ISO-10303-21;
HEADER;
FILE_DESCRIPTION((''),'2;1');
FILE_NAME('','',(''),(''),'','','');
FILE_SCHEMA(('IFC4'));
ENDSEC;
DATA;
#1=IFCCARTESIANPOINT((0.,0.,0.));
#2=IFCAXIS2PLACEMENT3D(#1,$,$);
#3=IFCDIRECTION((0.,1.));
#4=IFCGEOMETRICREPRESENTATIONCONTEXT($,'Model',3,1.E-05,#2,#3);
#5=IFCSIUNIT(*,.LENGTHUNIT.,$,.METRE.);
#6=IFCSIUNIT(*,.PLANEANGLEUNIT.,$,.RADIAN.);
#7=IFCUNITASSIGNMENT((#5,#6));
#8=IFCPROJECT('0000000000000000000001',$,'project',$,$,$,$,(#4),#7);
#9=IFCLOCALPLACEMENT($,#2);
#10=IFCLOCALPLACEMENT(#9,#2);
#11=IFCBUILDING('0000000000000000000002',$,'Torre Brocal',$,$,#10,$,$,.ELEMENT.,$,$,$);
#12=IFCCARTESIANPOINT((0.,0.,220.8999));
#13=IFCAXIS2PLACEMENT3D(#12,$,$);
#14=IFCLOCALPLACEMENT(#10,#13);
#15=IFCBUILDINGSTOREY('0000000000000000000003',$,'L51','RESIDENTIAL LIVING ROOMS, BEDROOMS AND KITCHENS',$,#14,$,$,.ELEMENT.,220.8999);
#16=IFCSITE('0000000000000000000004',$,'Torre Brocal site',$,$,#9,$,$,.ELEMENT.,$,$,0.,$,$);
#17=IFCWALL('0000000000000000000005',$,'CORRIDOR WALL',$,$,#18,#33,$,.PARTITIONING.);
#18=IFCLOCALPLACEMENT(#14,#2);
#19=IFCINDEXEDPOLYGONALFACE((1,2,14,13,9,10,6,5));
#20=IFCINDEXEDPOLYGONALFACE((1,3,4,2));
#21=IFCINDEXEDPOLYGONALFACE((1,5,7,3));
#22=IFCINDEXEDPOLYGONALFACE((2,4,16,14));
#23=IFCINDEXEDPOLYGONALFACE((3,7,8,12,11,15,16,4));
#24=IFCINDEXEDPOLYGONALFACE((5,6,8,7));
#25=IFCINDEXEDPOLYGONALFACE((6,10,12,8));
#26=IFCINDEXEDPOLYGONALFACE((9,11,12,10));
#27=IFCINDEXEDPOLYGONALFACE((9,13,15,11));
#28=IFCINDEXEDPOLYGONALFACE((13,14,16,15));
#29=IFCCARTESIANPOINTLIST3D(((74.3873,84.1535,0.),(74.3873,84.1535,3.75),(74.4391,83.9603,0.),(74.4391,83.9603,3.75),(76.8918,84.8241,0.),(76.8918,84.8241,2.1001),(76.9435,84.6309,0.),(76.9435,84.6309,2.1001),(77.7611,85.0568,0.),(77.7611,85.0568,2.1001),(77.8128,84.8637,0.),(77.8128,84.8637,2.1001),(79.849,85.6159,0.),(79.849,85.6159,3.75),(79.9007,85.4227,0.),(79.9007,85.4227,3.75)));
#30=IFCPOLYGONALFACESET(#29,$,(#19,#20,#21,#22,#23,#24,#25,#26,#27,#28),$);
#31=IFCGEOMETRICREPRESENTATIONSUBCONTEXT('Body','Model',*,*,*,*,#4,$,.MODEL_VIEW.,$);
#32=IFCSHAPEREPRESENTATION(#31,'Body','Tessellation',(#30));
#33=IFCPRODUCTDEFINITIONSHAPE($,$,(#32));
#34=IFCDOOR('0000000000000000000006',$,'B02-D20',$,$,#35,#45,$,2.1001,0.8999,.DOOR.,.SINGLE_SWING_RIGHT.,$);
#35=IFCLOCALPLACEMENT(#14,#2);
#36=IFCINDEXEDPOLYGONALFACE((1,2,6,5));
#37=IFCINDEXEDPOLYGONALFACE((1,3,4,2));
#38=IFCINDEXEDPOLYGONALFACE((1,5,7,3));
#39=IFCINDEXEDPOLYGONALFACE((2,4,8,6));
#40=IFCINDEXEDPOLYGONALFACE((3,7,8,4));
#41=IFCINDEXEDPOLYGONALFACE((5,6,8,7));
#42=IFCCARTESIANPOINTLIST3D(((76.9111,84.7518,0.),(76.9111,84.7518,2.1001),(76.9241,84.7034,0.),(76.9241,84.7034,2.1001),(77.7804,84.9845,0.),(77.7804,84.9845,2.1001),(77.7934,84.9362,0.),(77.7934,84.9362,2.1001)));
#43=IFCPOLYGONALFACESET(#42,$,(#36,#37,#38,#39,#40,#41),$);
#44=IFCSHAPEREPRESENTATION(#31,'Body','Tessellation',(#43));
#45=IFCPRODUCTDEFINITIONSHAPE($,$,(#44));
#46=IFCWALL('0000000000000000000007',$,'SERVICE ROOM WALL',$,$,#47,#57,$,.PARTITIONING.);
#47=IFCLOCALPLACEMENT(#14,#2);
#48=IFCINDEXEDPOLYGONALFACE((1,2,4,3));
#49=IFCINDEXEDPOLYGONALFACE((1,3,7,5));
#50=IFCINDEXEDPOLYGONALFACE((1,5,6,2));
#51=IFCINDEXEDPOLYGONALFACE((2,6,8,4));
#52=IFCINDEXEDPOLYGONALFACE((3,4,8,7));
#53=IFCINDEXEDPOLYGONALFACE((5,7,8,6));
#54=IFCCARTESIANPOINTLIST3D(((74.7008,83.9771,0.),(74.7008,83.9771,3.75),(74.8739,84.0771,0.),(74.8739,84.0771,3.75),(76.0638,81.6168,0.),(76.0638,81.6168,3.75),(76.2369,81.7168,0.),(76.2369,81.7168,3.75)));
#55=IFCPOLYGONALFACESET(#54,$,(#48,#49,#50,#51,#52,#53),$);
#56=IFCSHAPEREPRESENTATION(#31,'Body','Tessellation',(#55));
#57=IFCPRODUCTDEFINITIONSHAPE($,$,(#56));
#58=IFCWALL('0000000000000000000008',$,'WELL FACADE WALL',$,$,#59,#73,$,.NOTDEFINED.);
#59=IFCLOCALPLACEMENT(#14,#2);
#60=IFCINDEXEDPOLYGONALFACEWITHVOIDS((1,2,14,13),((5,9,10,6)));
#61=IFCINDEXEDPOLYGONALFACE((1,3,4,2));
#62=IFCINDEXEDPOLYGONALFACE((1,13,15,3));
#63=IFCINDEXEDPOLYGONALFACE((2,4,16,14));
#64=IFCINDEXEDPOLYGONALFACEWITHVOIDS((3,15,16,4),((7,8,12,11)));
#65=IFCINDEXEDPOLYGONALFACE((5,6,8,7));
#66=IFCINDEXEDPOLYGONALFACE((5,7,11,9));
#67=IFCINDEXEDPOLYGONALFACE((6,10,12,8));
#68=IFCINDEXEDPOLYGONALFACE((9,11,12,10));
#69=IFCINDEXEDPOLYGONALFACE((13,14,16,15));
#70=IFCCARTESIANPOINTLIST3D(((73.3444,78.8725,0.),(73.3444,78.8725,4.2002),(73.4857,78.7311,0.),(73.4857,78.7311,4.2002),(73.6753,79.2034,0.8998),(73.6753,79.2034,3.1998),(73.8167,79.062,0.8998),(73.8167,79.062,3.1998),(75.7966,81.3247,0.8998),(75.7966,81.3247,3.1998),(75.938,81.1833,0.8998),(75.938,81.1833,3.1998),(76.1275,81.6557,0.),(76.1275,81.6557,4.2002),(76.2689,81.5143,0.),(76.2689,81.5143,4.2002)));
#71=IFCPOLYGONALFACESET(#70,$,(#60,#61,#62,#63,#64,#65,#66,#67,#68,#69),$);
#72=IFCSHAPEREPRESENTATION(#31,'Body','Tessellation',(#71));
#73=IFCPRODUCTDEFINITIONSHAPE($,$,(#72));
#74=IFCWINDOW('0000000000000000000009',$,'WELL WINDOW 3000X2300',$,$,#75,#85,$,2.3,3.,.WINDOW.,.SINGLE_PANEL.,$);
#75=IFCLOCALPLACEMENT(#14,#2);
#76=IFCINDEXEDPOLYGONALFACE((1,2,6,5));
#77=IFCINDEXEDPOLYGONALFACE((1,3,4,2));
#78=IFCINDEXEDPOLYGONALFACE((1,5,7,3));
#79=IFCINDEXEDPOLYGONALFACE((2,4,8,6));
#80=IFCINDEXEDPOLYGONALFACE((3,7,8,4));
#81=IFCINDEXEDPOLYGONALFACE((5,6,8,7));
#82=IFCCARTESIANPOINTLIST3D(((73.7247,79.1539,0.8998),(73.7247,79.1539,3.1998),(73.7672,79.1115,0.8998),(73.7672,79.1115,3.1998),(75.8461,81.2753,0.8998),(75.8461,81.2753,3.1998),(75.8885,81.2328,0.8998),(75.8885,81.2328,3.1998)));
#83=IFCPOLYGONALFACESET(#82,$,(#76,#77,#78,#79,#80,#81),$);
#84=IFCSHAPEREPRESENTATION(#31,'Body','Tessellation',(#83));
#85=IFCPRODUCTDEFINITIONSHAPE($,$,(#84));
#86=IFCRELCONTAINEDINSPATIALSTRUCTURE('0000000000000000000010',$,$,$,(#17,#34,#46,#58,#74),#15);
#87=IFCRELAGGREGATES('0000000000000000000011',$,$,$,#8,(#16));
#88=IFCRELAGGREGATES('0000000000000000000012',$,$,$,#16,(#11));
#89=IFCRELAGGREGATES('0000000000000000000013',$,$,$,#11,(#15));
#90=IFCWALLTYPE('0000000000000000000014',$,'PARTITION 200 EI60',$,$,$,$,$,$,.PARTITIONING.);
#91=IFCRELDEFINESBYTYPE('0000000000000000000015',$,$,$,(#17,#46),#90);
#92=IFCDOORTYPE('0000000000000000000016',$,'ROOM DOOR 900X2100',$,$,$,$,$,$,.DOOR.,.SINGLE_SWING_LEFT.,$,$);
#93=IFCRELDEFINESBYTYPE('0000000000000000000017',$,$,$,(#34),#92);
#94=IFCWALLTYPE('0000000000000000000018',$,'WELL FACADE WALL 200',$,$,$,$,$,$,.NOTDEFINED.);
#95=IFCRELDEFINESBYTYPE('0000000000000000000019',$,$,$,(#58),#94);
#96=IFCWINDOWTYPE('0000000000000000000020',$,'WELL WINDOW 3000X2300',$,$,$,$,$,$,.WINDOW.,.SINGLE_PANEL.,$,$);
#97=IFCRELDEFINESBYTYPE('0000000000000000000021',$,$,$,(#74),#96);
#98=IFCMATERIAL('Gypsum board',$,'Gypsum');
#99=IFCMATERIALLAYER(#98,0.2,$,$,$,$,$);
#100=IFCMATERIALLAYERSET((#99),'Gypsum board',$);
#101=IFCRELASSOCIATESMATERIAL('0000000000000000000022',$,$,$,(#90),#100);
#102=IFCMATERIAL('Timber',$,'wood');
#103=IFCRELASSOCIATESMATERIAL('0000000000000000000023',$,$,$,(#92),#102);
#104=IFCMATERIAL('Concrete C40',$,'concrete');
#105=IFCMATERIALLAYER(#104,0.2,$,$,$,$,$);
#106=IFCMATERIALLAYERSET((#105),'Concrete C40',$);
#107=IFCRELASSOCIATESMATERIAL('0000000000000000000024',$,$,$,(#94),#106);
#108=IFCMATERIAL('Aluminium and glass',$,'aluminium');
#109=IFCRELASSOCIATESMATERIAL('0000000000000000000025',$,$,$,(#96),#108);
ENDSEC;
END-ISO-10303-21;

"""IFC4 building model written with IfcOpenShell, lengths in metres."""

from ifc_helpers import new_model, si_unit, direction, frame, frame_2d, origin, place, context, subcontext, project, spatial, rectangle, extrude, material, layer, layer_set, type_object, element, fill, save


model = new_model("IFC4")

# Units and contexts
model_context = context("Model", 3, precision=1e-05, world=origin(), true_north=direction((0.0, 1.0)))
body_context = subcontext(model_context, "Body", "Model", "MODEL_VIEW")
ifc_project = project(units=[si_unit("LENGTHUNIT", "METRE"), si_unit("PLANEANGLEUNIT", "RADIAN")], contexts=[model_context])

# Site, building, storey
site_placement = place(None, origin())
site = spatial("IfcSite", under=ifc_project, at=site_placement, Name="Torre Brocal site", CompositionType="ELEMENT", RefElevation=0.0)
building_placement = place(site_placement, origin())
building = spatial("IfcBuilding", under=site, at=building_placement, Name="Torre Brocal", CompositionType="ELEMENT")
storey_placement = place(building_placement, frame((0.0, 0.0, 220.8999)))
storey = spatial("IfcBuildingStorey", under=building, at=storey_placement, Name="L51", Description="RESIDENTIAL LIVING ROOMS, BEDROOMS AND KITCHENS", CompositionType="ELEMENT", Elevation=220.8999)

# Shared definitions
ifc_material_1 = material(Name="Gypsum board", Category="Gypsum")
ifc_layer_1 = layer(ifc_material_1, 0.2)
ifc_layer_set_1 = layer_set([ifc_layer_1], Name="Gypsum board")
wall_type_1 = type_object("IfcWallType", Name="PARTITION 200 EI60", PredefinedType="PARTITIONING", material=ifc_layer_set_1)

# Wall, opening, door
ifc_material_2 = material(Name="Timber", Category="wood")
door_type_1 = type_object("IfcDoorType", Name="ROOM DOOR 900X2100", OperationType="SINGLE_SWING_LEFT", PredefinedType="DOOR", material=ifc_material_2)
wall_1_placement = place(storey_placement, frame((74.4131, 84.0569, 0.0), z_axis=(0.0, 0.0, 1.0), x_axis=(0.965972, 0.258646, 0.0)))
wall_1 = element("IfcWall", 1, at=wall_1_placement, inside=storey, type_object=wall_type_1, Name="CORRIDOR WALL", PredefinedType="PARTITIONING", context=body_context, shape_type="SweptSolid", body=[
    extrude(rectangle(XDim=5.6541, YDim=0.2, at=frame_2d((2.8271, 0.0))), origin(), (0.0, 0.0, 1.0), 3.75),
])
opening_1_placement = place(wall_1_placement, frame((2.5928, 0.0, 0.0)))
opening_1 = element("IfcOpeningElement", 2, at=opening_1_placement, cuts=wall_1, PredefinedType="OPENING", context=body_context, shape_type="SweptSolid", body=[
    extrude(rectangle(XDim=0.8999, YDim=2.1001, at=frame_2d((0.45, 1.05))), frame((0.0, 0.1099, 0.0), z_axis=(0.0, -1.0, 0.0), x_axis=(1.0, 0.0, 0.0)), (0.0, 0.0, 1.0), 0.22),
])
door_1_placement = place(opening_1_placement, frame((0.8999, 0.0, 0.0), z_axis=(0.0, 0.0, 1.0), x_axis=(-1.0, 0.0, 0.0)))
door_1 = element("IfcDoor", 3, at=door_1_placement, inside=storey, type_object=door_type_1, Name="B02-D20", OperationType="SINGLE_SWING_RIGHT", OverallHeight=2.1001, OverallWidth=0.8999, PredefinedType="DOOR", context=body_context, shape_type="SweptSolid", body=[
    extrude(rectangle(XDim=0.8999, YDim=2.1001, at=frame_2d((0.45, 1.05))), frame((0.0, 0.0249, 0.0), z_axis=(0.0, -1.0, 0.0), x_axis=(1.0, 0.0, 0.0)), (0.0, 0.0, 1.0), 0.05),
])
fill(opening_1, door_1)

# Wall
wall_2_placement = place(storey_placement, frame((74.7874, 84.0271, 0.0), z_axis=(0.0, 0.0, 1.0), x_axis=(0.500079, -0.86598, 0.0)))
element("IfcWall", 4, at=wall_2_placement, inside=storey, type_object=wall_type_1, Name="SERVICE ROOM WALL", PredefinedType="PARTITIONING", context=body_context, shape_type="SweptSolid", body=[
    extrude(rectangle(XDim=2.7256, YDim=0.2, at=frame_2d((1.3628, 0.0))), origin(), (0.0, 0.0, 1.0), 3.75),
])

# Wall, opening, window
ifc_material_3 = material(Name="Concrete C40", Category="concrete")
ifc_layer_2 = layer(ifc_material_3, 0.2)
ifc_layer_set_2 = layer_set([ifc_layer_2], Name="Concrete C40")
wall_type_2 = type_object("IfcWallType", Name="WELL FACADE WALL 200", PredefinedType="NOTDEFINED", material=ifc_layer_set_2)
wall_3_placement = place(storey_placement, frame((76.1982, 81.585, 0.0), z_axis=(0.0, 0.0, 1.0), x_axis=(-0.707107, -0.707107, 0.0)))
wall_3 = element("IfcWall", 5, at=wall_3_placement, inside=storey, type_object=wall_type_2, Name="WELL FACADE WALL", PredefinedType="NOTDEFINED", context=body_context, shape_type="SweptSolid", body=[
    extrude(rectangle(XDim=3.936, YDim=0.2, at=frame_2d((1.968, 0.0))), origin(), (0.0, 0.0, 1.0), 4.2002),
])
opening_2_placement = place(wall_3_placement, frame((0.468, 0.0, 0.8999)))
opening_2 = element("IfcOpeningElement", 6, at=opening_2_placement, cuts=wall_3, PredefinedType="OPENING", context=body_context, shape_type="SweptSolid", body=[
    extrude(rectangle(XDim=3.0, YDim=2.3, at=frame_2d((1.5, 1.1499))), frame((0.0, 0.1099, 0.0), z_axis=(0.0, -1.0, 0.0), x_axis=(1.0, 0.0, 0.0)), (0.0, 0.0, 1.0), 0.22),
])
ifc_material_4 = material(Name="Aluminium and glass", Category="aluminium")
window_type = type_object("IfcWindowType", Name="WELL WINDOW 3000X2300", PartitioningType="SINGLE_PANEL", PredefinedType="WINDOW", material=ifc_material_4)
window_placement = place(opening_2_placement, origin())
window = element("IfcWindow", 7, at=window_placement, inside=storey, type_object=window_type, Name="WELL WINDOW 3000X2300", OverallHeight=2.3, OverallWidth=3.0, PartitioningType="SINGLE_PANEL", PredefinedType="WINDOW", context=body_context, shape_type="SweptSolid", body=[
    extrude(rectangle(XDim=3.0, YDim=2.3, at=frame_2d((1.5, 1.1499))), frame((0.0, 0.03, 0.0), z_axis=(0.0, -1.0, 0.0), x_axis=(1.0, 0.0, 0.0)), (0.0, 0.0, 1.0), 0.0601),
])
fill(opening_2, window)

save(model, "model.ifc")
